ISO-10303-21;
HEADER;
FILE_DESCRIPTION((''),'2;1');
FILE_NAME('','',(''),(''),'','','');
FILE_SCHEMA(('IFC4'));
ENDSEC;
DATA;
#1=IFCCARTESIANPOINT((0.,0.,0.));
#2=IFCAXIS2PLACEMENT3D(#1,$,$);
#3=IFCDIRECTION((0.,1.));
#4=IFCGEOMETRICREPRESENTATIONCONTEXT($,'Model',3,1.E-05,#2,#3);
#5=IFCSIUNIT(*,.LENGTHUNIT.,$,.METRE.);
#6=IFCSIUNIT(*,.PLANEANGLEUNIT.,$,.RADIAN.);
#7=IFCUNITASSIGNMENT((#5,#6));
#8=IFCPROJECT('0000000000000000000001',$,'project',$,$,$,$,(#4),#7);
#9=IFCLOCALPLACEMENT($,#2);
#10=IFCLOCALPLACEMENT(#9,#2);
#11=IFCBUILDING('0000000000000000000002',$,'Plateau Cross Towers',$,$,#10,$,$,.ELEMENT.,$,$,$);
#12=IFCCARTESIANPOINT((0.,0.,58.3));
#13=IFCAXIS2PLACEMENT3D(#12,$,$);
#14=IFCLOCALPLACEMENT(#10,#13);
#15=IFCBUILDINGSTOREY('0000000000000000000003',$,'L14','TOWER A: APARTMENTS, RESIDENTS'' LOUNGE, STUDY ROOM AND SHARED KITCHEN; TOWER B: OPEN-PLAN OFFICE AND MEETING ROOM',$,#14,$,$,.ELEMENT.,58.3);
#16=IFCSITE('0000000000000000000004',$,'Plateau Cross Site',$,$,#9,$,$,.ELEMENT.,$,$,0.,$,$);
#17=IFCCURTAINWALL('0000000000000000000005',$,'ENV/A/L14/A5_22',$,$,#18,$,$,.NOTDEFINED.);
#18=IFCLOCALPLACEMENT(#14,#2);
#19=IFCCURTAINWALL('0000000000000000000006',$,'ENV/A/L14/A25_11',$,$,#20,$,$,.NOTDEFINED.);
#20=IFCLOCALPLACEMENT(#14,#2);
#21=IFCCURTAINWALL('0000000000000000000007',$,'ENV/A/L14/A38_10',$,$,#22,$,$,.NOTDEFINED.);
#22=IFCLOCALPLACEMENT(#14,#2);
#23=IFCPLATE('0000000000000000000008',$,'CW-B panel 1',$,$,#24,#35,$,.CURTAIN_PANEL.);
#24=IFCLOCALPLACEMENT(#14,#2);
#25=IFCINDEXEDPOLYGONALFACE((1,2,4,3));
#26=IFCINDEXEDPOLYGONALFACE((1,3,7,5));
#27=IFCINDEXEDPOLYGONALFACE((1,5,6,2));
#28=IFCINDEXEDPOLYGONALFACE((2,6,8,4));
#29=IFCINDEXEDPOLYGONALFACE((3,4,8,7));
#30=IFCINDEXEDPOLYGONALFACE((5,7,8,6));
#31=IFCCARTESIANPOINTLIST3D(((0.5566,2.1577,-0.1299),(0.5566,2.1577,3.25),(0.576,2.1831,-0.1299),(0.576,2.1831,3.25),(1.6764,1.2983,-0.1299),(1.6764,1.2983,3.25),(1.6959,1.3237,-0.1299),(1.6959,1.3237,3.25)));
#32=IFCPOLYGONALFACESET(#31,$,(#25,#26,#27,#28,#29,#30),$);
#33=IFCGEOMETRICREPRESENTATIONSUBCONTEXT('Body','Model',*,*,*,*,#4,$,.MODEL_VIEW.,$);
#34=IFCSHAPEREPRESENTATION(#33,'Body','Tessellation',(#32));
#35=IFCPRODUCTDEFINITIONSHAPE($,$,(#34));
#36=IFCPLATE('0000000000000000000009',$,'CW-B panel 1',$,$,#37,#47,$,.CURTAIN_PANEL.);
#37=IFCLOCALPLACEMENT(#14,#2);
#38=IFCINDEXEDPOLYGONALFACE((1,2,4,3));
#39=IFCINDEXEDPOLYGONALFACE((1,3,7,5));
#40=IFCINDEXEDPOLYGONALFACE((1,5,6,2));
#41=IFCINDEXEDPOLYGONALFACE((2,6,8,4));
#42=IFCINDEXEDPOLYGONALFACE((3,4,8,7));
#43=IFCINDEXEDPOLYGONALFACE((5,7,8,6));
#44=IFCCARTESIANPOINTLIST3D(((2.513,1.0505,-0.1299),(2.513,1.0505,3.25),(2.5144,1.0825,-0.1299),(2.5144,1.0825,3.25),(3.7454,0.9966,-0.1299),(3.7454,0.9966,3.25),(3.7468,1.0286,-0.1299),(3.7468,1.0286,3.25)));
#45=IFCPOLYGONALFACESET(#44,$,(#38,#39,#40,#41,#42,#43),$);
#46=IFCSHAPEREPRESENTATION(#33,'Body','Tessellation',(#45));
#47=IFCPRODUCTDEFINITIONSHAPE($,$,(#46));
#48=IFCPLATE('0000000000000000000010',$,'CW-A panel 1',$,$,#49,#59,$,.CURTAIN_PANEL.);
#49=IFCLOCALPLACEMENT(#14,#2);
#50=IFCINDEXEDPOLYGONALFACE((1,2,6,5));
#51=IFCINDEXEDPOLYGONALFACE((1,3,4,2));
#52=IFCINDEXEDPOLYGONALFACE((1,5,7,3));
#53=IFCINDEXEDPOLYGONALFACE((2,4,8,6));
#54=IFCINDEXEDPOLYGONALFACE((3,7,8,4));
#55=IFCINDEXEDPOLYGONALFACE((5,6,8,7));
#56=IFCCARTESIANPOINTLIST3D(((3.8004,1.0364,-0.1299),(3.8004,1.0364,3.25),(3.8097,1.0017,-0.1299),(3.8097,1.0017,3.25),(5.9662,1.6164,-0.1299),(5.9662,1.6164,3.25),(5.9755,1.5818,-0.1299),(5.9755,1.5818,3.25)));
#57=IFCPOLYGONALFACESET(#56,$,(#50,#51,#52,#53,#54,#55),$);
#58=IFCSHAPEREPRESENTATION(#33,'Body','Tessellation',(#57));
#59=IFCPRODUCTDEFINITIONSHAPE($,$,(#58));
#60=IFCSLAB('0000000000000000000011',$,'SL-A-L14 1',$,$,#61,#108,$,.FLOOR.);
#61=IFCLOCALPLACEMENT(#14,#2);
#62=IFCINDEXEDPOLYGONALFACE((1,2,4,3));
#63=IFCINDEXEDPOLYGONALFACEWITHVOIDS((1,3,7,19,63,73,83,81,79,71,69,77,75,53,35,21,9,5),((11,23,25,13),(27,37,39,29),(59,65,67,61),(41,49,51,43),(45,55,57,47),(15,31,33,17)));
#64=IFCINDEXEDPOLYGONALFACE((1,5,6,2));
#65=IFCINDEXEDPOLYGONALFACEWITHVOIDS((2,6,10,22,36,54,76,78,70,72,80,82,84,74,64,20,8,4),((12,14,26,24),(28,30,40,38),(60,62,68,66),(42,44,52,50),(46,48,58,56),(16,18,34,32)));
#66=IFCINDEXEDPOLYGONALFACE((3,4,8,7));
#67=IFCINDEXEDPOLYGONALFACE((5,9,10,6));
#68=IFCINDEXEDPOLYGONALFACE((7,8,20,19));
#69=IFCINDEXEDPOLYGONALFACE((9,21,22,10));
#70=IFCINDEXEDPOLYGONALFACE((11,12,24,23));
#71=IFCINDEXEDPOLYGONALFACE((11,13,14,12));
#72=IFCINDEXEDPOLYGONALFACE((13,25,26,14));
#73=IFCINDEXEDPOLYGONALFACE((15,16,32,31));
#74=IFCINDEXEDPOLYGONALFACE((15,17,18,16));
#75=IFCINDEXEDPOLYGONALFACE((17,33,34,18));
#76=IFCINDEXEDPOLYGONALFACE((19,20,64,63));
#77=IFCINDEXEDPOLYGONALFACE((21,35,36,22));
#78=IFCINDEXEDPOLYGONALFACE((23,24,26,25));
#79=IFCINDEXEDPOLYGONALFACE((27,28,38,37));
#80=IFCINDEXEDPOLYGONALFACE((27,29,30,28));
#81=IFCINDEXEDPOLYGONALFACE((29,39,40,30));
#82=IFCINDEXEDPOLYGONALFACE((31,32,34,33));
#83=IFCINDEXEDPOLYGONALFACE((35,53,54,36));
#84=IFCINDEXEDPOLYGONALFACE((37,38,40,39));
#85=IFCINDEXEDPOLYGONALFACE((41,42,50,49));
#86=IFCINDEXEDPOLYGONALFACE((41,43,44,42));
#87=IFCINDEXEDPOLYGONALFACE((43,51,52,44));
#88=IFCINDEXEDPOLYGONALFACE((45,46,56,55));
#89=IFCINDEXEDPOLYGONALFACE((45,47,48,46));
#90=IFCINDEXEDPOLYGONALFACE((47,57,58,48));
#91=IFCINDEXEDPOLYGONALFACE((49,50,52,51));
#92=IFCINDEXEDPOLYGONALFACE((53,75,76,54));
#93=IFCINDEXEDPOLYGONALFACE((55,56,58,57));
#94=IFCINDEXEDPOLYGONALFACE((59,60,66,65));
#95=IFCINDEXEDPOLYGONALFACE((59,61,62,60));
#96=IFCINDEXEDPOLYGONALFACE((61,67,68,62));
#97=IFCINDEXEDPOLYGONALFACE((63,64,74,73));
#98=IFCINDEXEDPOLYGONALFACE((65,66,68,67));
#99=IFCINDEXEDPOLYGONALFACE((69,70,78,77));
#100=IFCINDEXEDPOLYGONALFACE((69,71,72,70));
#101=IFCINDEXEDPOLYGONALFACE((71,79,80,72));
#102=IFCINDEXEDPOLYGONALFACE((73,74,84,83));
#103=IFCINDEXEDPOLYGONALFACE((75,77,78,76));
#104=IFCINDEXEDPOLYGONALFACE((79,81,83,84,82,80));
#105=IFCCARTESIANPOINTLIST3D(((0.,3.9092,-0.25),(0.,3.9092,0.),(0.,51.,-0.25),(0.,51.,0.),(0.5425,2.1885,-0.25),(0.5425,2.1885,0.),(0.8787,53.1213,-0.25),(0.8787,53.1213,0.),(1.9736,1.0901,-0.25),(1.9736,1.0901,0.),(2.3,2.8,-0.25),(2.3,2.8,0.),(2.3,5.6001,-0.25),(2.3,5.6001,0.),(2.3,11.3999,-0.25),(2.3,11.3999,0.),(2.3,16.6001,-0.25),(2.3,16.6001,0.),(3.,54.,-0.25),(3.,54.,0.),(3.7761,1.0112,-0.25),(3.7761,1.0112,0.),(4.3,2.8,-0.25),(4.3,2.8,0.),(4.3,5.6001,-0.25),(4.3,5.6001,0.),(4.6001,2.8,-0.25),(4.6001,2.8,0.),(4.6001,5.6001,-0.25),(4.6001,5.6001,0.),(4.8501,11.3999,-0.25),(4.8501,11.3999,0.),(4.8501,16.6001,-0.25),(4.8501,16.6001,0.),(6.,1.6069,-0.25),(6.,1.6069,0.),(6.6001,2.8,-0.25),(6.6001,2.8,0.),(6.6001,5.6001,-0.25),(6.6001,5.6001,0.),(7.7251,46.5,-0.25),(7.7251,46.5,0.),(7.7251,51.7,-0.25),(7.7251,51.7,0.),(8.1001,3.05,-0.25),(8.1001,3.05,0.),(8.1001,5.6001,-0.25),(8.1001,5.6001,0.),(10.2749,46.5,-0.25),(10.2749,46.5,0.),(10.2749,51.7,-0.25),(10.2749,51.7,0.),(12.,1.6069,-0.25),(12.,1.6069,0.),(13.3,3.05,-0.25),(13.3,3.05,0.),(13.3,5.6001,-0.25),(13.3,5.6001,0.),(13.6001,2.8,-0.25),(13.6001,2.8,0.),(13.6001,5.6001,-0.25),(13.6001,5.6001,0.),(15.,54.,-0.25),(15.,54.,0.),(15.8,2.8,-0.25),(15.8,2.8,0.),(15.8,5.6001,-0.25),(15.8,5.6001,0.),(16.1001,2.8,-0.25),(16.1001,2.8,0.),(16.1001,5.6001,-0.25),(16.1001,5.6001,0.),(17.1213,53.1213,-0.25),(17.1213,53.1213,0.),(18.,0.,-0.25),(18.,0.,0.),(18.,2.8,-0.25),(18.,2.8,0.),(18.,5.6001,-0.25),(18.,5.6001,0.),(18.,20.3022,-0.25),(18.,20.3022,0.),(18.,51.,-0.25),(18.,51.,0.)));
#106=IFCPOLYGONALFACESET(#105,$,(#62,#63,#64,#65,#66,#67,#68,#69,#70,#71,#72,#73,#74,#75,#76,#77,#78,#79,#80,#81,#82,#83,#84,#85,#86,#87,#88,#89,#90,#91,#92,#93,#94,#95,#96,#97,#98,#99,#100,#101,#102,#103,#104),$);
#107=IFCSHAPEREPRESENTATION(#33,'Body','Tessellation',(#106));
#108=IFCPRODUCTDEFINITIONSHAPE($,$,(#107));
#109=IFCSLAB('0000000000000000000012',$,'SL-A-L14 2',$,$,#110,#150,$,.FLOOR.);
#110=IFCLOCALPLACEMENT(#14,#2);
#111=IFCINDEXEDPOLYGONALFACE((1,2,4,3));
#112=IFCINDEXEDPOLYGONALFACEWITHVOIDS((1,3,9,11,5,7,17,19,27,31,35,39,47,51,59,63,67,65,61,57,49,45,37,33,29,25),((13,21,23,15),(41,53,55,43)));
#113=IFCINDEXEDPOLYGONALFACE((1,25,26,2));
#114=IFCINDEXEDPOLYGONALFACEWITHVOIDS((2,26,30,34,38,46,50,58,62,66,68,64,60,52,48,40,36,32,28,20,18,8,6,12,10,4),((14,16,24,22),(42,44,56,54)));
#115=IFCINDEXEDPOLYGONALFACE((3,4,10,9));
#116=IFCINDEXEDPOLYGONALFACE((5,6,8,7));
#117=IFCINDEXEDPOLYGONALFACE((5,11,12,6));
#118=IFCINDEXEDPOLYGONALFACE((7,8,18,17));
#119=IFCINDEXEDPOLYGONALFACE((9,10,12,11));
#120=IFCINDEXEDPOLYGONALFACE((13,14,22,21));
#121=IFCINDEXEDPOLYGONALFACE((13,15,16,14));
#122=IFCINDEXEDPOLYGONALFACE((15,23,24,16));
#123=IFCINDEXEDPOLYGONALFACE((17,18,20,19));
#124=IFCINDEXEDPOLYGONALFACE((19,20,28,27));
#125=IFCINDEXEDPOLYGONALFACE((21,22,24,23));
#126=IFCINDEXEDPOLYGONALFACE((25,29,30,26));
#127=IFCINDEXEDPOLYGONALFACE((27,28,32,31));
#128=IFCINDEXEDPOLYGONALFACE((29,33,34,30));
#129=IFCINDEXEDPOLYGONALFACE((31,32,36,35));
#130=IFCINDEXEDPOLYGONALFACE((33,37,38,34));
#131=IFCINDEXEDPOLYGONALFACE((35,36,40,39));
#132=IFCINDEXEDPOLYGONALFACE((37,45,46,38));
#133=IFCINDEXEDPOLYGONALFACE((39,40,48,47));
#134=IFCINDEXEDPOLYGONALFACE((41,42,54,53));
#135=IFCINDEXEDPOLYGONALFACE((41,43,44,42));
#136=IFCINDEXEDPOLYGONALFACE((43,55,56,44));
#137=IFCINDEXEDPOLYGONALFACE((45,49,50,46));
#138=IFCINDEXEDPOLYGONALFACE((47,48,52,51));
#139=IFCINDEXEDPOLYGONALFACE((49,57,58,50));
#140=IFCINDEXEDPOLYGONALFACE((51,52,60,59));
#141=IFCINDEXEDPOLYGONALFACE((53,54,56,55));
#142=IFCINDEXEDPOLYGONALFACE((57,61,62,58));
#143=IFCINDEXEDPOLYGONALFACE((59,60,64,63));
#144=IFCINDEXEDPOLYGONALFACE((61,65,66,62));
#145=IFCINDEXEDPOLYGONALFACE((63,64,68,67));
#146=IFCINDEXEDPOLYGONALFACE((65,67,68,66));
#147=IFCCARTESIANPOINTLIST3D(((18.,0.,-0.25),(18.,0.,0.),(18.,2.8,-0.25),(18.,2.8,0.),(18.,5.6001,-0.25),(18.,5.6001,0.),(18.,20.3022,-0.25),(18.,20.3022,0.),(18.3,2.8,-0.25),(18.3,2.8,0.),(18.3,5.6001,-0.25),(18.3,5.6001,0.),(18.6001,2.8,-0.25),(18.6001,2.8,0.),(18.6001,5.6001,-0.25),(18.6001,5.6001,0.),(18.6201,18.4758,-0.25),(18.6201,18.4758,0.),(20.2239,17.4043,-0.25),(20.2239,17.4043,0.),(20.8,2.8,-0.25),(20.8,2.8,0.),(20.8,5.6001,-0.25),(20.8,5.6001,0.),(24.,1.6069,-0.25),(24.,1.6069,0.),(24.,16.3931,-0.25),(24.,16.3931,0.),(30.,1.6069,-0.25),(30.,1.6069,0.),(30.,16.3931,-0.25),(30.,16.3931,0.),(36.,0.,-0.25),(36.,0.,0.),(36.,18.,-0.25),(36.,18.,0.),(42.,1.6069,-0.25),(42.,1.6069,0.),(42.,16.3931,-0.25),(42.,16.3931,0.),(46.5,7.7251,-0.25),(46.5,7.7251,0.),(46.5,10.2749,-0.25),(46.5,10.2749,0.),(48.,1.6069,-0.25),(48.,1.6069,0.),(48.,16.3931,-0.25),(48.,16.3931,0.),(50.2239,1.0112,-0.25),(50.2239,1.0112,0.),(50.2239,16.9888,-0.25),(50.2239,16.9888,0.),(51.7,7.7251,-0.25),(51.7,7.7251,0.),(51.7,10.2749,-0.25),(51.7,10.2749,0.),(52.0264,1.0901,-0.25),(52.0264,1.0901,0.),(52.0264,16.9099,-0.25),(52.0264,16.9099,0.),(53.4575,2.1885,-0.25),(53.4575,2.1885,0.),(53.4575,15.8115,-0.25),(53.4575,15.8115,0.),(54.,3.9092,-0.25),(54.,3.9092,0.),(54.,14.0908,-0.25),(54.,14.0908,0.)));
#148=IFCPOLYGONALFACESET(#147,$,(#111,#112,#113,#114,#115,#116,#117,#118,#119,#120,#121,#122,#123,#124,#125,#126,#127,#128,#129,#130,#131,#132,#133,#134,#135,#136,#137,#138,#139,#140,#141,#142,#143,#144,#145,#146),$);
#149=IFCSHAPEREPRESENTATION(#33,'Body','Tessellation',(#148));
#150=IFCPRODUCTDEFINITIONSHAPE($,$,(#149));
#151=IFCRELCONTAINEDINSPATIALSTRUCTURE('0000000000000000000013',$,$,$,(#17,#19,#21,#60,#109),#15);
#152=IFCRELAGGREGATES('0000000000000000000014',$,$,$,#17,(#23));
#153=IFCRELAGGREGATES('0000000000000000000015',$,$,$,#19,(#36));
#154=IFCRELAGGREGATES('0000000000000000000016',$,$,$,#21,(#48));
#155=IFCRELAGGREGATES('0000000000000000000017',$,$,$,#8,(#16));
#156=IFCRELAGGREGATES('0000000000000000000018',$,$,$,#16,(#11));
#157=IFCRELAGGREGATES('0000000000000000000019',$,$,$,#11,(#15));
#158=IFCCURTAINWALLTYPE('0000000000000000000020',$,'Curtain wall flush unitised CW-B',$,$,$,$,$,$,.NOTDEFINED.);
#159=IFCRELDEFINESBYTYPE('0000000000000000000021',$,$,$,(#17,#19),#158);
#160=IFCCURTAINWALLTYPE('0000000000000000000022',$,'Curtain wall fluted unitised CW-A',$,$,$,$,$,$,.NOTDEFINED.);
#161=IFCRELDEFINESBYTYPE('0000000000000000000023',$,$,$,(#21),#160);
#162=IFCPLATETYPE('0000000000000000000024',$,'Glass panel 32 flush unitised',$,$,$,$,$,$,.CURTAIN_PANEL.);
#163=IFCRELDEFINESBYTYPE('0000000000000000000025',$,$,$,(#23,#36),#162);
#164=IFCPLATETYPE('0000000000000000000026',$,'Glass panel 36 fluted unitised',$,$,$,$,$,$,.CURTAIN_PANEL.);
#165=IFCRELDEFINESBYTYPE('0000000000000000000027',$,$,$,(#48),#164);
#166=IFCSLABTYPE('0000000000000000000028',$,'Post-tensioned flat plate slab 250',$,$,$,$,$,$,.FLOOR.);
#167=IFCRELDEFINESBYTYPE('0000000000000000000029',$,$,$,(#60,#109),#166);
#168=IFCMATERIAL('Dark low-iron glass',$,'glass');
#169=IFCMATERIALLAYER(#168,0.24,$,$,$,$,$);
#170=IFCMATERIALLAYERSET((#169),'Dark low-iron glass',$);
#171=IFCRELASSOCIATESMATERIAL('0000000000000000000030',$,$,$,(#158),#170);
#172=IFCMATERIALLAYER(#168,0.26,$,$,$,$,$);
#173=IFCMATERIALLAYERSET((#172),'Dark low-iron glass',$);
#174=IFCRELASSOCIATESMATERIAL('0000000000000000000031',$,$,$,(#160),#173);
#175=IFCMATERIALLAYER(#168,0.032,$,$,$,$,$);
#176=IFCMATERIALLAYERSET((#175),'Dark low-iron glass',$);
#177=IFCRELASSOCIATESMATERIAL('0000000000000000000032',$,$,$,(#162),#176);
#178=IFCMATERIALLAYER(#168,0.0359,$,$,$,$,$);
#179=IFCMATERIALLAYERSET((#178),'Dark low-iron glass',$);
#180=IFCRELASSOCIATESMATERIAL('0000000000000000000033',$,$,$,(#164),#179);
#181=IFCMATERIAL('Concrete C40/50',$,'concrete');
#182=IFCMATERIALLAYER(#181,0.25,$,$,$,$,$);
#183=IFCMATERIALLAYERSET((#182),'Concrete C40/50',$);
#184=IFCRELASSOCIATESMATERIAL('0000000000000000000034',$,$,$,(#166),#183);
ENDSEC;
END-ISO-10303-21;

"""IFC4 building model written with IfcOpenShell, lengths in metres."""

from ifc_helpers import new_model, si_unit, direction, frame, origin, origin_2d, place, context, subcontext, project, spatial, polyline, rectangle, outline, extrude, material, layer, layer_set, type_object, element, aggregate, save


model = new_model("IFC4")

# Units and contexts
model_context = context("Model", 3, precision=1e-05, world=origin(), true_north=direction((0.0, 1.0)))
body_context = subcontext(model_context, "Body", "Model", "MODEL_VIEW")
ifc_project = project(units=[si_unit("LENGTHUNIT", "METRE"), si_unit("PLANEANGLEUNIT", "RADIAN")], contexts=[model_context])

# Site, building, storey
site_placement = place(None, origin())
site = spatial("IfcSite", under=ifc_project, at=site_placement, Name="Plateau Cross Site", CompositionType="ELEMENT", RefElevation=0.0)
building_placement = place(site_placement, origin())
building = spatial("IfcBuilding", under=site, at=building_placement, Name="Plateau Cross Towers", CompositionType="ELEMENT")
storey_placement = place(building_placement, frame((0.0, 0.0, 58.3)))
storey = spatial("IfcBuildingStorey", under=building, at=storey_placement, Name="L14", Description="TOWER A: APARTMENTS, RESIDENTS' LOUNGE, STUDY ROOM AND SHARED KITCHEN; TOWER B: OPEN-PLAN OFFICE AND MEETING ROOM", CompositionType="ELEMENT", Elevation=58.3)

# Curtain wall
ifc_material_1 = material(Name="Dark low-iron glass", Category="glass")
ifc_layer_1 = layer(ifc_material_1, 0.24)
ifc_layer_set_1 = layer_set([ifc_layer_1], Name="Dark low-iron glass")
curtain_wall_type_1 = type_object("IfcCurtainWallType", Name="Curtain wall flush unitised CW-B", PredefinedType="NOTDEFINED", material=ifc_layer_set_1)
curtain_wall_1_placement = place(storey_placement, origin())
curtain_wall_1 = element("IfcCurtainWall", 1, at=curtain_wall_1_placement, inside=storey, type_object=curtain_wall_type_1, Name="ENV/A/L14/A5_22", PredefinedType="NOTDEFINED")

# Curtain walls
curtain_wall_2_placement = place(storey_placement, origin())
curtain_wall_2 = element("IfcCurtainWall", 2, at=curtain_wall_2_placement, inside=storey, type_object=curtain_wall_type_1, Name="ENV/A/L14/A25_11", PredefinedType="NOTDEFINED")
ifc_layer_2 = layer(ifc_material_1, 0.26)
ifc_layer_set_2 = layer_set([ifc_layer_2], Name="Dark low-iron glass")
curtain_wall_type_2 = type_object("IfcCurtainWallType", Name="Curtain wall fluted unitised CW-A", PredefinedType="NOTDEFINED", material=ifc_layer_set_2)
curtain_wall_3_placement = place(storey_placement, origin())
curtain_wall_3 = element("IfcCurtainWall", 3, at=curtain_wall_3_placement, inside=storey, type_object=curtain_wall_type_2, Name="ENV/A/L14/A38_10", PredefinedType="NOTDEFINED")

# Shared definitions
ifc_material_2 = material(Name="Concrete C40/50", Category="concrete")

# Plates
ifc_layer_3 = layer(ifc_material_1, 0.032)
ifc_layer_set_3 = layer_set([ifc_layer_3], Name="Dark low-iron glass")
plate_type_1 = type_object("IfcPlateType", Name="Glass panel 32 flush unitised", PredefinedType="CURTAIN_PANEL", material=ifc_layer_set_3)
plate_1_placement = place(storey_placement, frame((1.1262, 1.7407, -0.1299), z_axis=(0.0, 0.0, 1.0), x_axis=(0.793316, -0.608811, 0.0)))
plate_1 = element("IfcPlate", 4, at=plate_1_placement, type_object=plate_type_1, Name="CW-B panel 1", PredefinedType="CURTAIN_PANEL", context=body_context, shape_type="SweptSolid", body=[
    extrude(rectangle(XDim=1.4116, YDim=0.032, at=origin_2d()), origin(), (0.0, 0.0, 1.0), 3.3799),
])
aggregate(curtain_wall_1, [plate_1])
plate_2_placement = place(storey_placement, frame((3.1299, 1.0396, -0.1299), z_axis=(0.0, 0.0, 1.0), x_axis=(0.999044, -0.043723, 0.0)))
plate_2 = element("IfcPlate", 5, at=plate_2_placement, type_object=plate_type_1, Name="CW-B panel 1", PredefinedType="CURTAIN_PANEL", context=body_context, shape_type="SweptSolid", body=[
    extrude(rectangle(XDim=1.2336, YDim=0.032, at=origin_2d()), origin(), (0.0, 0.0, 1.0), 3.3799),
])
aggregate(curtain_wall_2, [plate_2])
ifc_layer_4 = layer(ifc_material_1, 0.0359)
ifc_layer_set_4 = layer_set([ifc_layer_4], Name="Dark low-iron glass")
plate_type_2 = type_object("IfcPlateType", Name="Glass panel 36 fluted unitised", PredefinedType="CURTAIN_PANEL", material=ifc_layer_set_4)
plate_3_placement = place(storey_placement, frame((4.8879, 1.3091, -0.1299), z_axis=(0.0, 0.0, 1.0), x_axis=(0.965958, 0.258699, 0.0)))
plate_3 = element("IfcPlate", 6, at=plate_3_placement, type_object=plate_type_2, Name="CW-A panel 1", PredefinedType="CURTAIN_PANEL", context=body_context, shape_type="SweptSolid", body=[
    extrude(rectangle(XDim=2.2422, YDim=0.0359, at=origin_2d()), origin(), (0.0, 0.0, 1.0), 3.3799),
])
aggregate(curtain_wall_3, [plate_3])

# Slabs
ifc_layer_5 = layer(ifc_material_2, 0.25)
ifc_layer_set_5 = layer_set([ifc_layer_5], Name="Concrete C40/50")
slab_type_1 = type_object("IfcSlabType", Name="Post-tensioned flat plate slab 250", PredefinedType="FLOOR", material=ifc_layer_set_5)
slab_1_placement = place(storey_placement, frame((0.0, 0.0, -0.25)))
element("IfcSlab", 7, at=slab_1_placement, inside=storey, type_object=slab_type_1, Name="SL-A-L14 1", PredefinedType="FLOOR", context=body_context, shape_type="SweptSolid", body=[
    extrude(outline(polyline([(0.5425, 2.1885), (0.0, 3.9092), (0.0, 51.0), (0.8787, 53.1213), (3.0, 54.0), (15.0, 54.0), (17.1213, 53.1213), (18.0, 51.0), (18.0, 20.3022), (18.0, 5.6001), (16.1001, 5.6001), (16.1001, 2.8), (18.0, 2.8), (18.0, 0.0), (12.0, 1.6069), (6.0, 1.6069), (3.7761, 1.0112), (1.9736, 1.0901), (0.5425, 2.1885)]), holes=[polyline([(4.3, 5.6001), (2.3, 5.6001), (2.3, 2.8), (4.3, 2.8), (4.3, 5.6001)]), polyline([(6.6001, 5.6001), (4.6001, 5.6001), (4.6001, 2.8), (6.6001, 2.8), (6.6001, 5.6001)]), polyline([(15.8, 5.6001), (13.6001, 5.6001), (13.6001, 2.8), (15.8, 2.8), (15.8, 5.6001)]), polyline([(13.3, 5.6001), (8.1001, 5.6001), (8.1001, 3.05), (13.3, 3.05), (13.3, 5.6001)]), polyline([(4.8501, 16.6001), (2.3, 16.6001), (2.3, 11.3999), (4.8501, 11.3999), (4.8501, 16.6001)]), polyline([(7.7251, 51.7), (7.7251, 46.5), (10.2749, 46.5), (10.2749, 51.7), (7.7251, 51.7)])]), origin(), (0.0, 0.0, 1.0), 0.25),
])
slab_2_placement = place(storey_placement, frame((0.0, 0.0, -0.25)))
element("IfcSlab", 8, at=slab_2_placement, inside=storey, type_object=slab_type_1, Name="SL-A-L14 2", PredefinedType="FLOOR", context=body_context, shape_type="SweptSolid", body=[
    extrude(outline(polyline([(18.6201, 18.4758), (20.2239, 17.4043), (24.0, 16.3931), (30.0, 16.3931), (36.0, 18.0), (42.0, 16.3931), (48.0, 16.3931), (50.2239, 16.9888), (52.0264, 16.9099), (53.4575, 15.8115), (54.0, 14.0908), (54.0, 3.9092), (53.4575, 2.1885), (52.0264, 1.0901), (50.2239, 1.0112), (48.0, 1.6069), (42.0, 1.6069), (36.0, 0.0), (30.0, 1.6069), (24.0, 1.6069), (18.0, 0.0), (18.0, 2.8), (18.3, 2.8), (18.3, 5.6001), (18.0, 5.6001), (18.0, 20.3022), (18.6201, 18.4758)]), holes=[polyline([(20.8, 5.6001), (18.6001, 5.6001), (18.6001, 2.8), (20.8, 2.8), (20.8, 5.6001)]), polyline([(51.7, 7.7251), (51.7, 10.2749), (46.5, 10.2749), (46.5, 7.7251), (51.7, 7.7251)])]), origin(), (0.0, 0.0, 1.0), 0.25),
])

save(model, "model.ifc")
